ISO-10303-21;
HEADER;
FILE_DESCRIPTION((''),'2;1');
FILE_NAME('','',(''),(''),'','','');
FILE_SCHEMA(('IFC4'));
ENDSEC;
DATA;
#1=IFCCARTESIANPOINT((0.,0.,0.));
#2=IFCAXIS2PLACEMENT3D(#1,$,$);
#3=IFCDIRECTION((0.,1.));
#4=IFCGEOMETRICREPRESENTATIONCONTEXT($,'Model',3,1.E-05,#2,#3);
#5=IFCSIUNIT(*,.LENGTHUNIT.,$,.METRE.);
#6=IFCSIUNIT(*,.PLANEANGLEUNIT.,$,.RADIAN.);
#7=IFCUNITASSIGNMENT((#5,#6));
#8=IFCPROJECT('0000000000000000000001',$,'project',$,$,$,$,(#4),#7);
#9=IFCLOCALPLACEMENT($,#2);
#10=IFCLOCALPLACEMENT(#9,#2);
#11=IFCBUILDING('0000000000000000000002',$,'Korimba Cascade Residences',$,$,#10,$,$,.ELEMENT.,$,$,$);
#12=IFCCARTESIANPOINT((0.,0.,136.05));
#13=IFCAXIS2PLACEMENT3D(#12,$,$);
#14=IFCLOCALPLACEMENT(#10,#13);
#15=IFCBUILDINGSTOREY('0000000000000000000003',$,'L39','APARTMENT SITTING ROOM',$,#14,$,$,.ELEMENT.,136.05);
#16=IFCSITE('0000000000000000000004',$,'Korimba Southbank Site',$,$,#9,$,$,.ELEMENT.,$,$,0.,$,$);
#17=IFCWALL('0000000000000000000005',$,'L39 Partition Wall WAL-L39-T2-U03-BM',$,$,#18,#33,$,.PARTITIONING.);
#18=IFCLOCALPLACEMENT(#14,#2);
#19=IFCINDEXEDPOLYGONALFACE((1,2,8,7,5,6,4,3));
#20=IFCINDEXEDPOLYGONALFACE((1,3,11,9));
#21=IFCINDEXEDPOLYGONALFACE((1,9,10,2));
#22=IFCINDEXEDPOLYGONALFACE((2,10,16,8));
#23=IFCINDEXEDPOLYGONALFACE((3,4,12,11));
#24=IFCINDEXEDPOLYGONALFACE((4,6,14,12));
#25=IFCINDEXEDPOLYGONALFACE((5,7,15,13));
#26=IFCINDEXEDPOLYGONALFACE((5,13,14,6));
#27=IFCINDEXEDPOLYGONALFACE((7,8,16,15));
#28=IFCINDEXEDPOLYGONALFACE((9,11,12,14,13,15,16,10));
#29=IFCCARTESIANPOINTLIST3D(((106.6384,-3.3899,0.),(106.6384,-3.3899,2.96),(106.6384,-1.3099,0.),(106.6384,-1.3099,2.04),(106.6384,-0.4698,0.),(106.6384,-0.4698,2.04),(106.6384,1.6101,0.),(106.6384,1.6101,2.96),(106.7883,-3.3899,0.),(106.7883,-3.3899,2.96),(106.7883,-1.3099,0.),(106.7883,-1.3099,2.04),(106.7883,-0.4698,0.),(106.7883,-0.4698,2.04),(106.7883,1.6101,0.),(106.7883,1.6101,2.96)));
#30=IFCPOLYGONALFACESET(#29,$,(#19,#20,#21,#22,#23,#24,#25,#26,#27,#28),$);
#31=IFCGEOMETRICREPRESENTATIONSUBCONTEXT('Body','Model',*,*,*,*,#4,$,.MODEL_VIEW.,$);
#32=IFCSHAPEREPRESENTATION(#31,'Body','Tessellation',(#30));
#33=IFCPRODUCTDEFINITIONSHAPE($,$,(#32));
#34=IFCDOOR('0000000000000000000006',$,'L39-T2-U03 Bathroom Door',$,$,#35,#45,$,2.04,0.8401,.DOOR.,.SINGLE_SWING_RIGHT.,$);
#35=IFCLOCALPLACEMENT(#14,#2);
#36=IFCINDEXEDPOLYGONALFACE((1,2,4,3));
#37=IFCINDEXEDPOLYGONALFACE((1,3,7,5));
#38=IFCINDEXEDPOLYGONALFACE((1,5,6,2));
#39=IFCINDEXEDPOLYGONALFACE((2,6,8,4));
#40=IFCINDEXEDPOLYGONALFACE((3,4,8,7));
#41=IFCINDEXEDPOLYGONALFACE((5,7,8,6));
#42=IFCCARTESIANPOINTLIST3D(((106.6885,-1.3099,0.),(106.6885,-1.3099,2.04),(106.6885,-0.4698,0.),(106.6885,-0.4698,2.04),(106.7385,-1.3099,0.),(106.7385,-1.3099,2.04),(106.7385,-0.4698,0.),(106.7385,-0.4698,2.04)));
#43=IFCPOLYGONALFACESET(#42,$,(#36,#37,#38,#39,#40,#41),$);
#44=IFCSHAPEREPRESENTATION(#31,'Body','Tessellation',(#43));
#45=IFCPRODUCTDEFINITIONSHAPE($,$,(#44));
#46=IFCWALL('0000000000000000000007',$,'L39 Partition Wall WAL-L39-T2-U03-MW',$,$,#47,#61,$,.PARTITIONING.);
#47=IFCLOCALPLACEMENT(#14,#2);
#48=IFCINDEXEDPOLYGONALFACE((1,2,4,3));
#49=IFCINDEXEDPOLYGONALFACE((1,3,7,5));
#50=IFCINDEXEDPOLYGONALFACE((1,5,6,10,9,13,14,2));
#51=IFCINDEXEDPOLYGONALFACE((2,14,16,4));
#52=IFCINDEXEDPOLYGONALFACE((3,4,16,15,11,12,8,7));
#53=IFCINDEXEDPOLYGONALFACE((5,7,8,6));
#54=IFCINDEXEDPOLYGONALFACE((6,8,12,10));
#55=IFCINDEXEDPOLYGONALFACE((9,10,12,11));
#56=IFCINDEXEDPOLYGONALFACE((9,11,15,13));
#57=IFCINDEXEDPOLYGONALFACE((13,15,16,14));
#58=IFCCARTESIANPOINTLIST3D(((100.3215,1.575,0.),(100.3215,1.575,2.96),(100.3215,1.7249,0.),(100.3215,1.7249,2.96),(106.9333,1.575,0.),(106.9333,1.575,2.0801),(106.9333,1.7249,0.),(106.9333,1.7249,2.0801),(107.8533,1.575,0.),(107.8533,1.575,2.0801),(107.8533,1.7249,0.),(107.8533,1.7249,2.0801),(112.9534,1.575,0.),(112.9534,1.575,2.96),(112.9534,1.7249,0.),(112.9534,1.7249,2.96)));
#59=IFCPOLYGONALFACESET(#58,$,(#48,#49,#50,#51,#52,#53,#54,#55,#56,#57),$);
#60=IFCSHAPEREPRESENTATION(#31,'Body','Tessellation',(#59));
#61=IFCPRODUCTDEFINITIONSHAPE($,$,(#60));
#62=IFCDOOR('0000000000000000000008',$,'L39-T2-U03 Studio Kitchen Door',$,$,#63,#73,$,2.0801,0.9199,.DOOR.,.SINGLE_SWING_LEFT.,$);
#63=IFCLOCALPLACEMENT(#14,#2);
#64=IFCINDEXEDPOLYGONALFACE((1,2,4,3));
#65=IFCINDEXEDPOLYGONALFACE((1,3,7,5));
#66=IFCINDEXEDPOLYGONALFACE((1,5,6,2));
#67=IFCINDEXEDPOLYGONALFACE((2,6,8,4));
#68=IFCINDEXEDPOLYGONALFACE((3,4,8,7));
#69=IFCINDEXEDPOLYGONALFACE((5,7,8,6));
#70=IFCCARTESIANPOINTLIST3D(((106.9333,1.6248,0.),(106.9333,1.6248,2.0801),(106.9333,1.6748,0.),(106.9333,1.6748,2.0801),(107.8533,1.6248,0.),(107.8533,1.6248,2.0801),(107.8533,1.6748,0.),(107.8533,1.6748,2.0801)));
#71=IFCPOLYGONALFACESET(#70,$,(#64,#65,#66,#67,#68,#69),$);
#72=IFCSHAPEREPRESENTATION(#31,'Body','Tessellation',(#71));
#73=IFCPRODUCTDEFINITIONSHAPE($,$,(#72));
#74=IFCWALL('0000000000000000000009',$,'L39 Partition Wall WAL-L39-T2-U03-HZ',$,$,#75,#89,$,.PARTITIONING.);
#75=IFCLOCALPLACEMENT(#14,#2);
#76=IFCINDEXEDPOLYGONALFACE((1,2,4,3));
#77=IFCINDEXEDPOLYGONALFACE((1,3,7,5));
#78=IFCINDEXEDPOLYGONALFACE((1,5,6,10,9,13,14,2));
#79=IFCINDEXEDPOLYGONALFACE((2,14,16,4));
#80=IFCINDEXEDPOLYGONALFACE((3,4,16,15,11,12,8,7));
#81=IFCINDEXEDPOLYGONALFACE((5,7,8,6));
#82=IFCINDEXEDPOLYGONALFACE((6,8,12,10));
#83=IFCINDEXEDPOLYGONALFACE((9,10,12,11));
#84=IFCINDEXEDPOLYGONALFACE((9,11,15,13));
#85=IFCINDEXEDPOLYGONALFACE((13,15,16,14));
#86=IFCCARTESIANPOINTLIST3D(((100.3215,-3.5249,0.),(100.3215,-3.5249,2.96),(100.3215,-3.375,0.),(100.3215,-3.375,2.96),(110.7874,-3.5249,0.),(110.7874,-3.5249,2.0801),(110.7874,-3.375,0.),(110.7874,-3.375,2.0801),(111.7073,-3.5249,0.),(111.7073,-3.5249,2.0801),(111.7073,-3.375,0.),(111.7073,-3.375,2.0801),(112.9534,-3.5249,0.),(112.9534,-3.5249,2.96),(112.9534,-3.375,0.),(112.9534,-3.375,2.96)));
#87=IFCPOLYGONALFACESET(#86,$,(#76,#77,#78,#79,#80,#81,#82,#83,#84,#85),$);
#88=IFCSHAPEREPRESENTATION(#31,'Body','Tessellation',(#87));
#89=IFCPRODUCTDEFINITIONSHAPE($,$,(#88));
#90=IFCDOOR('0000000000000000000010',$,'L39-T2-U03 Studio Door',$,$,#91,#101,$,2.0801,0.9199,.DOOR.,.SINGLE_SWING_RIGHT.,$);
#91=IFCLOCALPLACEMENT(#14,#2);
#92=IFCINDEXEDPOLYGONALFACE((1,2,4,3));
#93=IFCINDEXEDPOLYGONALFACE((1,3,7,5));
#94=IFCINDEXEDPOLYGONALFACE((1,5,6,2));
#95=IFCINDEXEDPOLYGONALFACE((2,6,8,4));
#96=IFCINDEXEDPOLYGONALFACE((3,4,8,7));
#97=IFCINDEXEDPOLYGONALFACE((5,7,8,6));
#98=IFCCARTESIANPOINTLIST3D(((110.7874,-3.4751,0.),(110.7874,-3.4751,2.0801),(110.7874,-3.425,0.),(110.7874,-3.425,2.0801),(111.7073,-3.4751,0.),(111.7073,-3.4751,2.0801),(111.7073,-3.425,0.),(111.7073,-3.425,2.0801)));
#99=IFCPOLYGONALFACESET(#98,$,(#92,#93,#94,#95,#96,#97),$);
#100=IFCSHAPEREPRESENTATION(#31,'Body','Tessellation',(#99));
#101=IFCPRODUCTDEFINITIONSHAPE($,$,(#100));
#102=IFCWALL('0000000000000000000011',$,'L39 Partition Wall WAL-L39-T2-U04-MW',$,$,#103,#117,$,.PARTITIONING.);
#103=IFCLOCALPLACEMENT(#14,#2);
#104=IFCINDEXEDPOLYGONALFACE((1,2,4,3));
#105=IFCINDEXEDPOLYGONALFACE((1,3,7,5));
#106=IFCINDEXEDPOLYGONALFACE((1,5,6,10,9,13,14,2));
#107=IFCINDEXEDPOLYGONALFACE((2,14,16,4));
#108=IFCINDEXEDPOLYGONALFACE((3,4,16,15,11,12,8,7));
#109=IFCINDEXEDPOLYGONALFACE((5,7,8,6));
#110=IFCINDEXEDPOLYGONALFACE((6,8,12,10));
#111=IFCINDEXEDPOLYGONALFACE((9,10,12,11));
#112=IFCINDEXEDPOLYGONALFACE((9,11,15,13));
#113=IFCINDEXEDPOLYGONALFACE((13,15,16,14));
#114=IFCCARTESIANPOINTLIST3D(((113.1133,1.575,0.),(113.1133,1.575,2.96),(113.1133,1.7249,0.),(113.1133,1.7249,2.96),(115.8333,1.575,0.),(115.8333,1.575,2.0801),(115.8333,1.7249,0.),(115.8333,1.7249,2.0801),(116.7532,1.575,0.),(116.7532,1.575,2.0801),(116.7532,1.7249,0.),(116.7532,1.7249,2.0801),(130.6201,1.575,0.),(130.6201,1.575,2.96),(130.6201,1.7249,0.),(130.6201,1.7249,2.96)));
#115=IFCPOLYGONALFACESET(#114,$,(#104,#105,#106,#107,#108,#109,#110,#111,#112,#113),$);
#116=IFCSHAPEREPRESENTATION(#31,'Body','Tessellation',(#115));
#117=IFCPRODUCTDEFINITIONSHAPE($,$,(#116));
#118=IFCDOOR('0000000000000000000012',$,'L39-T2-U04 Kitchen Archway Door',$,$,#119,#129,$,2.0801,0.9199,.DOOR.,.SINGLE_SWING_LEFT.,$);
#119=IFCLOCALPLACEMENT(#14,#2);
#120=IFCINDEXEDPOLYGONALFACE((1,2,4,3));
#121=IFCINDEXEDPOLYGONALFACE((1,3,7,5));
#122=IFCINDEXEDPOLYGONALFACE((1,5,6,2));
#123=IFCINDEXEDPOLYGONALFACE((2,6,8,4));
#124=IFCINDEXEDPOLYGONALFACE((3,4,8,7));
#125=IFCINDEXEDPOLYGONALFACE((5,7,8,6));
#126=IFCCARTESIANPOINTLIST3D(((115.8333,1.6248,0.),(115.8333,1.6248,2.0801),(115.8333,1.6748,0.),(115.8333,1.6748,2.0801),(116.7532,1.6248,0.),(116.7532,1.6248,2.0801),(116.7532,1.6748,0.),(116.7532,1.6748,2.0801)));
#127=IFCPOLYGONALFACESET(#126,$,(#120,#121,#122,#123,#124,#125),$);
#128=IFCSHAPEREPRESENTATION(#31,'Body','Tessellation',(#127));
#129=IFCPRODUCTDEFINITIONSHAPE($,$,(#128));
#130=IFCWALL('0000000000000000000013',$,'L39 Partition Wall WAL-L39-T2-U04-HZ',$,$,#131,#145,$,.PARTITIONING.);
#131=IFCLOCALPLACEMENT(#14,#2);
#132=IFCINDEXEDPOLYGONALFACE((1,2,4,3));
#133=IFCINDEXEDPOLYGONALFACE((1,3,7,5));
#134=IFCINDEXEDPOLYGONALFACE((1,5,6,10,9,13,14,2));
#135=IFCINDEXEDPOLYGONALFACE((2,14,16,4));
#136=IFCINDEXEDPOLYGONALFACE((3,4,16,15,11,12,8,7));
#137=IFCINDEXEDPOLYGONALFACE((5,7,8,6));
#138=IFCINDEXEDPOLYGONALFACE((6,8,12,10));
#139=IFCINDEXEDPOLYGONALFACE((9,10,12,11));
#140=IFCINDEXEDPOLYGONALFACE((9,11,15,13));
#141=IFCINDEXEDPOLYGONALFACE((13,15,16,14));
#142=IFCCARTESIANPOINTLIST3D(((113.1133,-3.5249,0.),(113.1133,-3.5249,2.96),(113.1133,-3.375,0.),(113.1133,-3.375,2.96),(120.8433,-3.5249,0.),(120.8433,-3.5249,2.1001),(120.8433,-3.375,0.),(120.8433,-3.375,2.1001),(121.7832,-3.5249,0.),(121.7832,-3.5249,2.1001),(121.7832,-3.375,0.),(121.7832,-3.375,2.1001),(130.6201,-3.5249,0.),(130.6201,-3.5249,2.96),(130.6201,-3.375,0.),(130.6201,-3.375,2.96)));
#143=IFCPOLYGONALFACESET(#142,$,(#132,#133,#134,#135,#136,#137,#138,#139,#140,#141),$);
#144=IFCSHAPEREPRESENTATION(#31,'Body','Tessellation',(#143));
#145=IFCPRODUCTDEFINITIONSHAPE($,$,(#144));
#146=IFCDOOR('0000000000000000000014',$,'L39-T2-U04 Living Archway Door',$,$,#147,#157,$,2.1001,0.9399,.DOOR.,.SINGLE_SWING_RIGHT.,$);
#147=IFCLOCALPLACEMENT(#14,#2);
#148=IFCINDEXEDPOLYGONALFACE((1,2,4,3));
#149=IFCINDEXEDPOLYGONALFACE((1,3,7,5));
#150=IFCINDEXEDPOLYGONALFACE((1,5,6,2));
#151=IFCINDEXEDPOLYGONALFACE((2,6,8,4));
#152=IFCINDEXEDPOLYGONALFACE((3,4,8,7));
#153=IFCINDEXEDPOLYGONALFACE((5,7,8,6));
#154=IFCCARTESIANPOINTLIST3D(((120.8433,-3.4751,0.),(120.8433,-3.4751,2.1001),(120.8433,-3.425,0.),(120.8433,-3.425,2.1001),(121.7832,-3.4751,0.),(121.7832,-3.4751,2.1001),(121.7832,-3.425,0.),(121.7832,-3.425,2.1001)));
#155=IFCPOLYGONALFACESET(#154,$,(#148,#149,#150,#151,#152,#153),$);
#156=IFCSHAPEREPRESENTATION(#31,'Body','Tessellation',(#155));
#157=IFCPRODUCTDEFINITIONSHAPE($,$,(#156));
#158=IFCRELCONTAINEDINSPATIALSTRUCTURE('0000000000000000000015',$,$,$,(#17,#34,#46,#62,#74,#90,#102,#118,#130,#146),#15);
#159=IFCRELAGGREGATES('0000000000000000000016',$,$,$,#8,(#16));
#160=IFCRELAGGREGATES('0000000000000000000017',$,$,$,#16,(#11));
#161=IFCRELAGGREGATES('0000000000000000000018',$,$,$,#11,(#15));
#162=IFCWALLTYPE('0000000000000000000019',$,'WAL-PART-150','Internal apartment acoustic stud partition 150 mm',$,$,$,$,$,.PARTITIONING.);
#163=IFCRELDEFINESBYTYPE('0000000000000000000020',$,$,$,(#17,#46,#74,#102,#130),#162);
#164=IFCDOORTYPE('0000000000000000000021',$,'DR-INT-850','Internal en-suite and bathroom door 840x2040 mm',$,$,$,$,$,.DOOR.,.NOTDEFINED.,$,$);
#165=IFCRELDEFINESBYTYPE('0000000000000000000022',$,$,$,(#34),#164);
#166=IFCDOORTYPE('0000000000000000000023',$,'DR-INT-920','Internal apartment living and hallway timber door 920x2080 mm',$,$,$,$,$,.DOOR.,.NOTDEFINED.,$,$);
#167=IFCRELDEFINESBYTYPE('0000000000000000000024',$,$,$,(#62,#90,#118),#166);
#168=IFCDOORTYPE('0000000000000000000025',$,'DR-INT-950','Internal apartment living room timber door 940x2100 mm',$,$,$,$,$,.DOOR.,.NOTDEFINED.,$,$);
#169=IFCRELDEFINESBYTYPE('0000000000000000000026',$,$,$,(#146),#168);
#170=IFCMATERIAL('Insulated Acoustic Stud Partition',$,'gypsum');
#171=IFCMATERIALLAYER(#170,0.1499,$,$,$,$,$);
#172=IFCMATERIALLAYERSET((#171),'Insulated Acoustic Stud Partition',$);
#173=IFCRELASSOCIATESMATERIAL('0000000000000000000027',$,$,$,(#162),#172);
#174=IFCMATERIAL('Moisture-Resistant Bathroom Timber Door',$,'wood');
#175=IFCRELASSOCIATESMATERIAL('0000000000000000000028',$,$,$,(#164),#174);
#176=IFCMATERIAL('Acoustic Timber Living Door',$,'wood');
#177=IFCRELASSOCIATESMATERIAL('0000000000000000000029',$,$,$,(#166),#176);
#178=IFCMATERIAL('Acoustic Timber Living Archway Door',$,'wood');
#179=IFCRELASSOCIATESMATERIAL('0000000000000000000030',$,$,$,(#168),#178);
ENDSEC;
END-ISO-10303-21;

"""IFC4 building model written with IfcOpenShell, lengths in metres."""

from ifc_helpers import new_model, si_unit, direction, frame, frame_2d, origin, place, context, subcontext, project, spatial, rectangle, extrude, material, layer, layer_set, type_object, element, fill, save


model = new_model("IFC4")

# Units and contexts
model_context = context("Model", 3, precision=1e-05, world=origin(), true_north=direction((0.0, 1.0)))
body_context = subcontext(model_context, "Body", "Model", "MODEL_VIEW")
ifc_project = project(units=[si_unit("LENGTHUNIT", "METRE"), si_unit("PLANEANGLEUNIT", "RADIAN")], contexts=[model_context])

# Site, building, storey
site_placement = place(None, origin())
site = spatial("IfcSite", under=ifc_project, at=site_placement, Name="Korimba Southbank Site", CompositionType="ELEMENT", RefElevation=0.0)
building_placement = place(site_placement, origin())
building = spatial("IfcBuilding", under=site, at=building_placement, Name="Korimba Cascade Residences", CompositionType="ELEMENT")
storey_placement = place(building_placement, frame((0.0, 0.0, 136.05)))
storey = spatial("IfcBuildingStorey", under=building, at=storey_placement, Name="L39", Description="APARTMENT SITTING ROOM", CompositionType="ELEMENT", Elevation=136.05)

# Walls, openings, doors
ifc_material_1 = material(Name="Insulated Acoustic Stud Partition", Category="gypsum")
ifc_layer = layer(ifc_material_1, 0.1499)
ifc_layer_set = layer_set([ifc_layer], Name="Insulated Acoustic Stud Partition")
wall_type = type_object("IfcWallType", Name="WAL-PART-150", Description="Internal apartment acoustic stud partition 150 mm", PredefinedType="PARTITIONING", material=ifc_layer_set)
ifc_material_2 = material(Name="Moisture-Resistant Bathroom Timber Door", Category="wood")
door_type_1 = type_object("IfcDoorType", Name="DR-INT-850", Description="Internal en-suite and bathroom door 840x2040 mm", OperationType="NOTDEFINED", PredefinedType="DOOR", material=ifc_material_2)
wall_1_placement = place(storey_placement, frame((106.7134, -3.3899, 0.0), z_axis=(0.0, 0.0, 1.0), x_axis=(0.0, 1.0, 0.0)))
wall_1 = element("IfcWall", 1, at=wall_1_placement, inside=storey, type_object=wall_type, Name="L39 Partition Wall WAL-L39-T2-U03-BM", PredefinedType="PARTITIONING", context=body_context, shape_type="SweptSolid", body=[
    extrude(rectangle(XDim=5.0, YDim=0.1499, at=frame_2d((2.5, 0.0))), origin(), (0.0, 0.0, 1.0), 2.96),
])
opening_1_placement = place(wall_1_placement, frame((2.0801, 0.0, 0.0)))
opening_1 = element("IfcOpeningElement", 2, at=opening_1_placement, cuts=wall_1, PredefinedType="OPENING", context=body_context, shape_type="SweptSolid", body=[
    extrude(rectangle(XDim=0.8401, YDim=2.04, at=frame_2d((0.4199, 1.02))), frame((0.0, 0.085, 0.0), z_axis=(0.0, -1.0, 0.0), x_axis=(1.0, 0.0, 0.0)), (0.0, 0.0, 1.0), 0.1699),
])
door_1_placement = place(opening_1_placement, origin())
door_1 = element("IfcDoor", 3, at=door_1_placement, inside=storey, type_object=door_type_1, Name="L39-T2-U03 Bathroom Door", OperationType="SINGLE_SWING_RIGHT", OverallHeight=2.04, OverallWidth=0.8401, PredefinedType="DOOR", context=body_context, shape_type="SweptSolid", body=[
    extrude(rectangle(XDim=0.8401, YDim=2.04, at=frame_2d((0.4199, 1.02))), frame((0.0, 0.0249, 0.0), z_axis=(0.0, -1.0, 0.0), x_axis=(1.0, 0.0, 0.0)), (0.0, 0.0, 1.0), 0.05),
])
fill(opening_1, door_1)
wall_2_placement = place(storey_placement, frame((100.3215, 1.6499, 0.0), z_axis=(0.0, 0.0, 1.0), x_axis=(1.0, 0.0, 0.0)))
wall_2 = element("IfcWall", 4, at=wall_2_placement, inside=storey, type_object=wall_type, Name="L39 Partition Wall WAL-L39-T2-U03-MW", PredefinedType="PARTITIONING", context=body_context, shape_type="SweptSolid", body=[
    extrude(rectangle(XDim=12.6318, YDim=0.1499, at=frame_2d((6.3159, 0.0))), origin(), (0.0, 0.0, 1.0), 2.96),
])
opening_2_placement = place(wall_2_placement, frame((6.6118, 0.0, 0.0)))
opening_2 = element("IfcOpeningElement", 5, at=opening_2_placement, cuts=wall_2, PredefinedType="OPENING", context=body_context, shape_type="SweptSolid", body=[
    extrude(rectangle(XDim=0.9199, YDim=2.0801, at=frame_2d((0.46, 1.04))), frame((0.0, 0.085, 0.0), z_axis=(0.0, -1.0, 0.0), x_axis=(1.0, 0.0, 0.0)), (0.0, 0.0, 1.0), 0.1699),
])
ifc_material_3 = material(Name="Acoustic Timber Living Door", Category="wood")
door_type_2 = type_object("IfcDoorType", Name="DR-INT-920", Description="Internal apartment living and hallway timber door 920x2080 mm", OperationType="NOTDEFINED", PredefinedType="DOOR", material=ifc_material_3)
door_2_placement = place(opening_2_placement, origin())
door_2 = element("IfcDoor", 6, at=door_2_placement, inside=storey, type_object=door_type_2, Name="L39-T2-U03 Studio Kitchen Door", OperationType="SINGLE_SWING_LEFT", OverallHeight=2.0801, OverallWidth=0.9199, PredefinedType="DOOR", context=body_context, shape_type="SweptSolid", body=[
    extrude(rectangle(XDim=0.9199, YDim=2.0801, at=frame_2d((0.46, 1.04))), frame((0.0, 0.0249, 0.0), z_axis=(0.0, -1.0, 0.0), x_axis=(1.0, 0.0, 0.0)), (0.0, 0.0, 1.0), 0.05),
])
fill(opening_2, door_2)
wall_3_placement = place(storey_placement, frame((100.3215, -3.45, 0.0), z_axis=(0.0, 0.0, 1.0), x_axis=(1.0, 0.0, 0.0)))
wall_3 = element("IfcWall", 7, at=wall_3_placement, inside=storey, type_object=wall_type, Name="L39 Partition Wall WAL-L39-T2-U03-HZ", PredefinedType="PARTITIONING", context=body_context, shape_type="SweptSolid", body=[
    extrude(rectangle(XDim=12.6318, YDim=0.1499, at=frame_2d((6.3159, 0.0))), origin(), (0.0, 0.0, 1.0), 2.96),
])
opening_3_placement = place(wall_3_placement, frame((10.4658, 0.0, 0.0)))
opening_3 = element("IfcOpeningElement", 8, at=opening_3_placement, cuts=wall_3, PredefinedType="OPENING", context=body_context, shape_type="SweptSolid", body=[
    extrude(rectangle(XDim=0.9199, YDim=2.0801, at=frame_2d((0.46, 1.04))), frame((0.0, 0.085, 0.0), z_axis=(0.0, -1.0, 0.0), x_axis=(1.0, 0.0, 0.0)), (0.0, 0.0, 1.0), 0.1699),
])
door_3_placement = place(opening_3_placement, origin())
door_3 = element("IfcDoor", 9, at=door_3_placement, inside=storey, type_object=door_type_2, Name="L39-T2-U03 Studio Door", OperationType="SINGLE_SWING_RIGHT", OverallHeight=2.0801, OverallWidth=0.9199, PredefinedType="DOOR", context=body_context, shape_type="SweptSolid", body=[
    extrude(rectangle(XDim=0.9199, YDim=2.0801, at=frame_2d((0.46, 1.04))), frame((0.0, 0.0249, 0.0), z_axis=(0.0, -1.0, 0.0), x_axis=(1.0, 0.0, 0.0)), (0.0, 0.0, 1.0), 0.05),
])
fill(opening_3, door_3)
wall_4_placement = place(storey_placement, frame((113.1133, 1.6499, 0.0), z_axis=(0.0, 0.0, 1.0), x_axis=(1.0, 0.0, 0.0)))
wall_4 = element("IfcWall", 10, at=wall_4_placement, inside=storey, type_object=wall_type, Name="L39 Partition Wall WAL-L39-T2-U04-MW", PredefinedType="PARTITIONING", context=body_context, shape_type="SweptSolid", body=[
    extrude(rectangle(XDim=17.5068, YDim=0.1499, at=frame_2d((8.7534, 0.0))), origin(), (0.0, 0.0, 1.0), 2.96),
])
opening_4_placement = place(wall_4_placement, frame((2.72, 0.0, 0.0)))
opening_4 = element("IfcOpeningElement", 11, at=opening_4_placement, cuts=wall_4, PredefinedType="OPENING", context=body_context, shape_type="SweptSolid", body=[
    extrude(rectangle(XDim=0.9199, YDim=2.0801, at=frame_2d((0.46, 1.04))), frame((0.0, 0.085, 0.0), z_axis=(0.0, -1.0, 0.0), x_axis=(1.0, 0.0, 0.0)), (0.0, 0.0, 1.0), 0.1699),
])
door_4_placement = place(opening_4_placement, origin())
door_4 = element("IfcDoor", 12, at=door_4_placement, inside=storey, type_object=door_type_2, Name="L39-T2-U04 Kitchen Archway Door", OperationType="SINGLE_SWING_LEFT", OverallHeight=2.0801, OverallWidth=0.9199, PredefinedType="DOOR", context=body_context, shape_type="SweptSolid", body=[
    extrude(rectangle(XDim=0.9199, YDim=2.0801, at=frame_2d((0.46, 1.04))), frame((0.0, 0.0249, 0.0), z_axis=(0.0, -1.0, 0.0), x_axis=(1.0, 0.0, 0.0)), (0.0, 0.0, 1.0), 0.05),
])
fill(opening_4, door_4)
wall_5_placement = place(storey_placement, frame((113.1133, -3.45, 0.0), z_axis=(0.0, 0.0, 1.0), x_axis=(1.0, 0.0, 0.0)))
wall_5 = element("IfcWall", 13, at=wall_5_placement, inside=storey, type_object=wall_type, Name="L39 Partition Wall WAL-L39-T2-U04-HZ", PredefinedType="PARTITIONING", context=body_context, shape_type="SweptSolid", body=[
    extrude(rectangle(XDim=17.5068, YDim=0.1499, at=frame_2d((8.7534, 0.0))), origin(), (0.0, 0.0, 1.0), 2.96),
])
opening_5_placement = place(wall_5_placement, frame((7.73, 0.0, 0.0)))
opening_5 = element("IfcOpeningElement", 14, at=opening_5_placement, cuts=wall_5, PredefinedType="OPENING", context=body_context, shape_type="SweptSolid", body=[
    extrude(rectangle(XDim=0.9399, YDim=2.1001, at=frame_2d((0.47, 1.05))), frame((0.0, 0.085, 0.0), z_axis=(0.0, -1.0, 0.0), x_axis=(1.0, 0.0, 0.0)), (0.0, 0.0, 1.0), 0.1699),
])
ifc_material_4 = material(Name="Acoustic Timber Living Archway Door", Category="wood")
door_type_3 = type_object("IfcDoorType", Name="DR-INT-950", Description="Internal apartment living room timber door 940x2100 mm", OperationType="NOTDEFINED", PredefinedType="DOOR", material=ifc_material_4)
door_5_placement = place(opening_5_placement, origin())
door_5 = element("IfcDoor", 15, at=door_5_placement, inside=storey, type_object=door_type_3, Name="L39-T2-U04 Living Archway Door", OperationType="SINGLE_SWING_RIGHT", OverallHeight=2.1001, OverallWidth=0.9399, PredefinedType="DOOR", context=body_context, shape_type="SweptSolid", body=[
    extrude(rectangle(XDim=0.9399, YDim=2.1001, at=frame_2d((0.47, 1.05))), frame((0.0, 0.0249, 0.0), z_axis=(0.0, -1.0, 0.0), x_axis=(1.0, 0.0, 0.0)), (0.0, 0.0, 1.0), 0.05),
])
fill(opening_5, door_5)

save(model, "model.ifc")
